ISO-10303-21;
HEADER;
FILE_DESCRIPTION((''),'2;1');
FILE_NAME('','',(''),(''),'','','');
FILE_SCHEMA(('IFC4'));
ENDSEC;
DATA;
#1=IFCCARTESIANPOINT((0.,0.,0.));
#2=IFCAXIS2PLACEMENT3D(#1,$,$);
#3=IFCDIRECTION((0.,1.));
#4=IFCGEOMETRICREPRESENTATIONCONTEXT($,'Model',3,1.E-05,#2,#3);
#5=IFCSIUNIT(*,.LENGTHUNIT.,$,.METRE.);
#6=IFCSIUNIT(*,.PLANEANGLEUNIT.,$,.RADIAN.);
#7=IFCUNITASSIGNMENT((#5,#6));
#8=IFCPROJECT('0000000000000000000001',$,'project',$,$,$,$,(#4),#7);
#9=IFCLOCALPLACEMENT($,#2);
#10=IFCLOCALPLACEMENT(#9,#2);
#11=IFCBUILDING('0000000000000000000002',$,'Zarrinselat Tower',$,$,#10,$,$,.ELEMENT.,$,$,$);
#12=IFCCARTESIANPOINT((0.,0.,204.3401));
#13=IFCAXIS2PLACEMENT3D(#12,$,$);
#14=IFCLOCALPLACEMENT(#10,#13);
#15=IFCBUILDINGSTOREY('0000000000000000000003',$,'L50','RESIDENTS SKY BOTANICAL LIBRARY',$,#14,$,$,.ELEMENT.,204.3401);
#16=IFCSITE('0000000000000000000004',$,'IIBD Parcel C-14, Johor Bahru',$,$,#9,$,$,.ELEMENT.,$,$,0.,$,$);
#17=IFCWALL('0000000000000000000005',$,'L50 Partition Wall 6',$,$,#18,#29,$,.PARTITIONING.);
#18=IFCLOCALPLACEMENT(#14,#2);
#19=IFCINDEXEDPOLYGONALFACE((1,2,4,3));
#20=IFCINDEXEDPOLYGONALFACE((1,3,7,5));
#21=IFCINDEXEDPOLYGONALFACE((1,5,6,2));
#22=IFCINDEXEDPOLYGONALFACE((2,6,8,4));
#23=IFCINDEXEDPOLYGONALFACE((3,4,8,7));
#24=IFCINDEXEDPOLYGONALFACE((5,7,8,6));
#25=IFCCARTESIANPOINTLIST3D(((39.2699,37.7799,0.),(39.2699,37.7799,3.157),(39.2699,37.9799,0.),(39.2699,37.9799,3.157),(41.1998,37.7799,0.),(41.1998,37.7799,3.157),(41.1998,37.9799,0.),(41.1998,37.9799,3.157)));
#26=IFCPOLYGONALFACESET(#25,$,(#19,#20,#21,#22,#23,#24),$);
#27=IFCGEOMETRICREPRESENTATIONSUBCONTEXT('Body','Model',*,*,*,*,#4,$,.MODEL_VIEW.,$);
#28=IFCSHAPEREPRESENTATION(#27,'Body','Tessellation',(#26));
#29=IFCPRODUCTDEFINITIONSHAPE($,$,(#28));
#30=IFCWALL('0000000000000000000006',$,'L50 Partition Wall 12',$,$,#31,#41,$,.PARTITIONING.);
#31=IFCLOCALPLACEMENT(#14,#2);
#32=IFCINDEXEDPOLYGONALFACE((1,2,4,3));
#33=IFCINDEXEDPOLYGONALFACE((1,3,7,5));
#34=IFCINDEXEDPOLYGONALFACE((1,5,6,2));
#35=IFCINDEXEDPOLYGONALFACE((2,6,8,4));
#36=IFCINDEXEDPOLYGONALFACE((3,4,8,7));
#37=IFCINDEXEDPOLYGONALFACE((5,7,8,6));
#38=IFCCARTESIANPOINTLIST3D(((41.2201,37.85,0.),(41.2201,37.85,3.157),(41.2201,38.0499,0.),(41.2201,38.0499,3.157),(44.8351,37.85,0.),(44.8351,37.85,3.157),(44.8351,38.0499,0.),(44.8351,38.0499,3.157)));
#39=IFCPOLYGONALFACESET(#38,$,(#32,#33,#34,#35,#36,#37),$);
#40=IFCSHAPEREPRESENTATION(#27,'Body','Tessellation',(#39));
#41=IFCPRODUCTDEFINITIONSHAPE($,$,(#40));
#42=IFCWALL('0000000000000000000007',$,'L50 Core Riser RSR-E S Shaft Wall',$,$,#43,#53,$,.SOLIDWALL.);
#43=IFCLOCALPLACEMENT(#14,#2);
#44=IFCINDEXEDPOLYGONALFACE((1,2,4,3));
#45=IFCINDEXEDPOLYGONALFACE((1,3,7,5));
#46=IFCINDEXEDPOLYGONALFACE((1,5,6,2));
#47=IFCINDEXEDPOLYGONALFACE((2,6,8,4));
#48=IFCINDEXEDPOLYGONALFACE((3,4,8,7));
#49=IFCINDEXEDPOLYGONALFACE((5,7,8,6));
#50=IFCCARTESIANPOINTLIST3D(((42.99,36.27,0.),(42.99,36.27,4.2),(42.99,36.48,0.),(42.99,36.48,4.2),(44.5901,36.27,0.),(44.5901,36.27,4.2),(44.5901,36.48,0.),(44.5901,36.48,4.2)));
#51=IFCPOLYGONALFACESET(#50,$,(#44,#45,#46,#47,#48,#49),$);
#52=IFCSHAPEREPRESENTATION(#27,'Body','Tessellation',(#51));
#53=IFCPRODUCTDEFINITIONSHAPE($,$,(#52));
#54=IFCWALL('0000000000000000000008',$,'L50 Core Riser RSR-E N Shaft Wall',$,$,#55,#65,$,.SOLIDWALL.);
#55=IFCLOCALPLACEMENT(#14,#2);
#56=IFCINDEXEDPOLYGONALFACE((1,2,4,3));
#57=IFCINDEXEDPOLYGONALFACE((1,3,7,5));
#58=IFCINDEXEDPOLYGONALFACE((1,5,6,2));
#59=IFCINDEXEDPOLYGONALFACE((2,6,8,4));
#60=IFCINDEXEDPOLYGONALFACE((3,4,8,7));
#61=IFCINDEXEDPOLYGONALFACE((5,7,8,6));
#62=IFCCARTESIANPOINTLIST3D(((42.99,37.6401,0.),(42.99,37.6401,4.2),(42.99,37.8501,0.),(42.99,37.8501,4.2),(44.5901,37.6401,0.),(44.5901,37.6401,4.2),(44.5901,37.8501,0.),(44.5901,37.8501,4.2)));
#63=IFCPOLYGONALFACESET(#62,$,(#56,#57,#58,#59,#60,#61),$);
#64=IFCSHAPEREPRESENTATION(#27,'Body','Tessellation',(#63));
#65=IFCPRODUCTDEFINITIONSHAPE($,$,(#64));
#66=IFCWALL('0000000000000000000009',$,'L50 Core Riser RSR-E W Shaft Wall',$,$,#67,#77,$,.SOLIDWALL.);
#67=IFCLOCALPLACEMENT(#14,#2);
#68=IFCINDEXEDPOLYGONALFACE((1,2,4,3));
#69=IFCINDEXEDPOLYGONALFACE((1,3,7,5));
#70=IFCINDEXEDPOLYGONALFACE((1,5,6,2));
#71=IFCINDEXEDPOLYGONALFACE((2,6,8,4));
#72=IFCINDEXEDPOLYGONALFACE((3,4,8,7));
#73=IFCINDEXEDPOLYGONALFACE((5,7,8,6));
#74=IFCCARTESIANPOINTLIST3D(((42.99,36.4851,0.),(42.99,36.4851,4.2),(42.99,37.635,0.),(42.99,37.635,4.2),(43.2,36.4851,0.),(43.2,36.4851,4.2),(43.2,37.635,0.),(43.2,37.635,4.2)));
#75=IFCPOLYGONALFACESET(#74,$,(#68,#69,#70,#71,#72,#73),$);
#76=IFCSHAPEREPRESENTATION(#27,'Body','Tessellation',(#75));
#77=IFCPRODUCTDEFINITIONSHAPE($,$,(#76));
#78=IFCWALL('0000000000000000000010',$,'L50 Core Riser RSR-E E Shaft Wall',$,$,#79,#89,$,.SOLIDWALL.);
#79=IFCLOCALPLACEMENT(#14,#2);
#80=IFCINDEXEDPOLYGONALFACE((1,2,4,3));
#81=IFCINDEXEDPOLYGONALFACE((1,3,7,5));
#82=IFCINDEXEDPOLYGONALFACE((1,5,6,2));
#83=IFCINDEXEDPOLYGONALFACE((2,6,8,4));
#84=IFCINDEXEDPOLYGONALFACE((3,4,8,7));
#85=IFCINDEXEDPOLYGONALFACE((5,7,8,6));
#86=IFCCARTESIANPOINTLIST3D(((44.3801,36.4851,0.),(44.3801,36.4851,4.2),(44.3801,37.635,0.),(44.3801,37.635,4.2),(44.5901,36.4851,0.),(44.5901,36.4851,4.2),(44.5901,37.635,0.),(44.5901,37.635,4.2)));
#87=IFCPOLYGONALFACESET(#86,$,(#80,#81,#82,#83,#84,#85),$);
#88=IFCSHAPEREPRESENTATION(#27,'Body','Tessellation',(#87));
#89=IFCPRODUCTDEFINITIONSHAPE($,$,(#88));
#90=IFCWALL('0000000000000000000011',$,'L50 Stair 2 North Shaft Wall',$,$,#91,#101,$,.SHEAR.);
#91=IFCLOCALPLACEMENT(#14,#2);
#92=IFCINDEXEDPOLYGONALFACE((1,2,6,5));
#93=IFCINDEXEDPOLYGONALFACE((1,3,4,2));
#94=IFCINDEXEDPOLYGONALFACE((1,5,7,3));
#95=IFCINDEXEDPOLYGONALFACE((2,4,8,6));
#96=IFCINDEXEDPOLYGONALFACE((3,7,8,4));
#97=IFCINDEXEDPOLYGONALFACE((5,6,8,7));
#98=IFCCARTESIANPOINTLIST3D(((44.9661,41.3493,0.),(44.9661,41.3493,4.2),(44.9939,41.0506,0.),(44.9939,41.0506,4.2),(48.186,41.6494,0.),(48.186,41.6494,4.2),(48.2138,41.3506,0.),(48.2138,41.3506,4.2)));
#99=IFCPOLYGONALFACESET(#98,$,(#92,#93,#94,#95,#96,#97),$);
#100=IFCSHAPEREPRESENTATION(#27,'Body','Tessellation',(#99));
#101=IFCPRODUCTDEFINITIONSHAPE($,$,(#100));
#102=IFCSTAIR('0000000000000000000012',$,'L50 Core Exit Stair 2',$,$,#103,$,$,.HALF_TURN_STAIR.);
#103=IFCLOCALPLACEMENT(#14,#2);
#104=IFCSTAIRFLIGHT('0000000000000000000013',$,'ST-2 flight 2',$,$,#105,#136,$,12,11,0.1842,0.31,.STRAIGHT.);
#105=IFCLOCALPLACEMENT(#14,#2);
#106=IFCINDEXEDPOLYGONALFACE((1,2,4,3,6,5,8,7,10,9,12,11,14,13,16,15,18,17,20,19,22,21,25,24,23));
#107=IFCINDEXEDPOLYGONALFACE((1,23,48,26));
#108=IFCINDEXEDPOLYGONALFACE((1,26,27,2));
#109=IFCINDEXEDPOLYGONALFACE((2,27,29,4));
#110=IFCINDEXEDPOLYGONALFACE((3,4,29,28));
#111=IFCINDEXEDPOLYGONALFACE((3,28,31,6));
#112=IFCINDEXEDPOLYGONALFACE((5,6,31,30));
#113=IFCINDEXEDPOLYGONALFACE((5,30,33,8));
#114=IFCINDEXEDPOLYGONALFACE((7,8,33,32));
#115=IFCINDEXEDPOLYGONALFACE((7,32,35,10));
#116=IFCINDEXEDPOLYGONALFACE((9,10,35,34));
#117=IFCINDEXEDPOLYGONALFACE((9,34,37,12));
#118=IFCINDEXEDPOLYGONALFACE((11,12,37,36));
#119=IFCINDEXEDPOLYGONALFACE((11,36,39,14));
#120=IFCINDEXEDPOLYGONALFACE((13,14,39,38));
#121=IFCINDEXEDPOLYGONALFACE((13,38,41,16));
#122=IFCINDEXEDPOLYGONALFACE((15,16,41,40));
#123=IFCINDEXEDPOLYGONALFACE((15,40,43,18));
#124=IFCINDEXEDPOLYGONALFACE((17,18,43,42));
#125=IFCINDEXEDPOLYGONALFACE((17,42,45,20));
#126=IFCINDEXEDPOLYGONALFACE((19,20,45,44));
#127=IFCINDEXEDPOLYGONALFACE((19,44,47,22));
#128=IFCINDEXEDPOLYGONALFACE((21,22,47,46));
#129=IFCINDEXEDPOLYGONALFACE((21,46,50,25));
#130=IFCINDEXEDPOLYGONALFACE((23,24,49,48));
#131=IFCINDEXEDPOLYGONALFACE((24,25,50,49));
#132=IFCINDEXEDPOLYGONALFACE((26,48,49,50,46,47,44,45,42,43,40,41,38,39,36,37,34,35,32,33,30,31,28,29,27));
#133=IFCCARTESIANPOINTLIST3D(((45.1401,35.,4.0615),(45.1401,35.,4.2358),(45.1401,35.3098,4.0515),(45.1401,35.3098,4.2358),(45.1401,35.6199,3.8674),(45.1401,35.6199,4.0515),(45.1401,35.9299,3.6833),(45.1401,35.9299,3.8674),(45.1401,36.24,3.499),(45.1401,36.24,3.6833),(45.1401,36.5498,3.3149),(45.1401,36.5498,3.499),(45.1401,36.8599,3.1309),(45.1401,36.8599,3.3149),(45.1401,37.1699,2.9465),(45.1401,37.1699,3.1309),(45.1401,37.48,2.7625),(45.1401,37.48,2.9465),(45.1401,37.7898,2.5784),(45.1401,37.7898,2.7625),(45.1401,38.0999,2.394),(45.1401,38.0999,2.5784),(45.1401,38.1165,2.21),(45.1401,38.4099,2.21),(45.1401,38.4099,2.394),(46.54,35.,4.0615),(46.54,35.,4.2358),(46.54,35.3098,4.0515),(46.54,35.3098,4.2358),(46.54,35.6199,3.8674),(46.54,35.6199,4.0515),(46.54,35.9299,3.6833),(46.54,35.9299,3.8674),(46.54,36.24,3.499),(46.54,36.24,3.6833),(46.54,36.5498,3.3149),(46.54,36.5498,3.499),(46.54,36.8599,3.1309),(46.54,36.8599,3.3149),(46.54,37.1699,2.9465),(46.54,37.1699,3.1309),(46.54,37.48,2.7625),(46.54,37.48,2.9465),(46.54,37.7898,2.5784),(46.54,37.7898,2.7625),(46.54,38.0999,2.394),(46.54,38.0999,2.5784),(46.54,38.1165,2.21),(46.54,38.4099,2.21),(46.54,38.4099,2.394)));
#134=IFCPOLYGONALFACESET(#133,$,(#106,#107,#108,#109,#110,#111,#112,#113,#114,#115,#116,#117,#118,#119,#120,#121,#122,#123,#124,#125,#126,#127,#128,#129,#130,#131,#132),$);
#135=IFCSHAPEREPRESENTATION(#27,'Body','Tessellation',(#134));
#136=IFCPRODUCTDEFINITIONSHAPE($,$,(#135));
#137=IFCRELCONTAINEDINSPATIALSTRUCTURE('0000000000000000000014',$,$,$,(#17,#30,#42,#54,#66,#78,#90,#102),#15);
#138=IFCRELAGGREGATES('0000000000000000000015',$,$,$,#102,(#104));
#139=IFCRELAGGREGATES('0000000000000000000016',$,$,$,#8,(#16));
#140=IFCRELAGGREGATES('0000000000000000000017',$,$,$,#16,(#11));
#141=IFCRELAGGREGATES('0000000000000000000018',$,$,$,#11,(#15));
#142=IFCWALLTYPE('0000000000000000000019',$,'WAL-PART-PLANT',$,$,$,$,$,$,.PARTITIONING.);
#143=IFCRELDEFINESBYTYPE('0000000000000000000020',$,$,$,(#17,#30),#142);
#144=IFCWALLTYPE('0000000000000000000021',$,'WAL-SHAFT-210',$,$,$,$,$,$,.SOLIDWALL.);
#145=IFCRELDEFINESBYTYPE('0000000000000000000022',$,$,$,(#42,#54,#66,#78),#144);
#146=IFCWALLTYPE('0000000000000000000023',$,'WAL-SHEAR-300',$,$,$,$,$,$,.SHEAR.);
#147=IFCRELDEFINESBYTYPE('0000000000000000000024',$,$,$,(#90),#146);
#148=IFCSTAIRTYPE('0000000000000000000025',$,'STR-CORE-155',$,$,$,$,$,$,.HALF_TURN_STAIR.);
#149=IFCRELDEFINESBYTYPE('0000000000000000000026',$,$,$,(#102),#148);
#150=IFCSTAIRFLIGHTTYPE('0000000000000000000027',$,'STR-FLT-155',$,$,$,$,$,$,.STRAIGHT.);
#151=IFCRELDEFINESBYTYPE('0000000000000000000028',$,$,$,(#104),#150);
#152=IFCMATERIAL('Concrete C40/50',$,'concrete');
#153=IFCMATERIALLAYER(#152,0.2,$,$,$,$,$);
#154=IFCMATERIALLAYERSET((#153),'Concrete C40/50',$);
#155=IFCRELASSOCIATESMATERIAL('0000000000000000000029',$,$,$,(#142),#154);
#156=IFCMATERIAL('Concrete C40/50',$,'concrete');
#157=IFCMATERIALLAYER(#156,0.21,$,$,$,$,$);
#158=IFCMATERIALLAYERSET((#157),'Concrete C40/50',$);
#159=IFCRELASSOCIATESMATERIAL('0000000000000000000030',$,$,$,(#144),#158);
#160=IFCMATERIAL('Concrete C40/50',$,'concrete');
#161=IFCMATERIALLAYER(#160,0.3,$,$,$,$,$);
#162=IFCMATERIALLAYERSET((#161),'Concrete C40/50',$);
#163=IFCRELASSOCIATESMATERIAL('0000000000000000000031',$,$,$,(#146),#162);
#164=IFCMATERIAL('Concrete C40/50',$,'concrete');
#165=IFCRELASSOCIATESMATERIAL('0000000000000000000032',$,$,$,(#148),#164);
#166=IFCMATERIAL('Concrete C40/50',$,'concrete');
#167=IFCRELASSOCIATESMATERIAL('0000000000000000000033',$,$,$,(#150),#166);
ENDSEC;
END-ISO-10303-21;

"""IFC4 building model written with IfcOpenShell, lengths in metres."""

from ifc_helpers import new_model, si_unit, direction, frame, frame_2d, origin, place, context, subcontext, project, spatial, polyline, rectangle, outline, extrude, material, layer, layer_set, type_object, element, aggregate, save


model = new_model("IFC4")

# Units and contexts
model_context = context("Model", 3, precision=1e-05, world=origin(), true_north=direction((0.0, 1.0)))
body_context = subcontext(model_context, "Body", "Model", "MODEL_VIEW")
ifc_project = project(units=[si_unit("LENGTHUNIT", "METRE"), si_unit("PLANEANGLEUNIT", "RADIAN")], contexts=[model_context])

# Site, building, storey
site_placement = place(None, origin())
site = spatial("IfcSite", under=ifc_project, at=site_placement, Name="IIBD Parcel C-14, Johor Bahru", CompositionType="ELEMENT", RefElevation=0.0)
building_placement = place(site_placement, origin())
building = spatial("IfcBuilding", under=site, at=building_placement, Name="Zarrinselat Tower", CompositionType="ELEMENT")
storey_placement = place(building_placement, frame((0.0, 0.0, 204.3401)))
storey = spatial("IfcBuildingStorey", under=building, at=storey_placement, Name="L50", Description="RESIDENTS SKY BOTANICAL LIBRARY", CompositionType="ELEMENT", Elevation=204.3401)

# Shared definitions
ifc_material_1 = material(Name="Concrete C40/50", Category="concrete")
ifc_layer_1 = layer(ifc_material_1, 0.2)
ifc_layer_set_1 = layer_set([ifc_layer_1], Name="Concrete C40/50")
wall_type_1 = type_object("IfcWallType", Name="WAL-PART-PLANT", PredefinedType="PARTITIONING", material=ifc_layer_set_1)

# Walls
wall_1_placement = place(storey_placement, frame((39.27, 37.8799, 0.0), z_axis=(0.0, 0.0, 1.0), x_axis=(1.0, 0.0, 0.0)))
element("IfcWall", 1, at=wall_1_placement, inside=storey, type_object=wall_type_1, Name="L50 Partition Wall 6", PredefinedType="PARTITIONING", context=body_context, shape_type="SweptSolid", body=[
    extrude(rectangle(XDim=1.9299, YDim=0.2, at=frame_2d((0.9648, 0.0))), origin(), (0.0, 0.0, 1.0), 3.157),
])
wall_2_placement = place(storey_placement, frame((41.22, 37.95, 0.0), z_axis=(0.0, 0.0, 1.0), x_axis=(1.0, 0.0, 0.0)))
element("IfcWall", 2, at=wall_2_placement, inside=storey, type_object=wall_type_1, Name="L50 Partition Wall 12", PredefinedType="PARTITIONING", context=body_context, shape_type="SweptSolid", body=[
    extrude(rectangle(XDim=3.615, YDim=0.2, at=frame_2d((1.8076, 0.0))), origin(), (0.0, 0.0, 1.0), 3.157),
])
ifc_material_2 = material(Name="Concrete C40/50", Category="concrete")
ifc_layer_2 = layer(ifc_material_2, 0.21)
ifc_layer_set_2 = layer_set([ifc_layer_2], Name="Concrete C40/50")
wall_type_2 = type_object("IfcWallType", Name="WAL-SHAFT-210", PredefinedType="SOLIDWALL", material=ifc_layer_set_2)
for number, where, z_axis, x_axis, name in (
    (3, (42.99, 36.375, 0.0), (0.0, 0.0, 1.0), (1.0, 0.0, 0.0), "L50 Core Riser RSR-E S Shaft Wall"),
    (4, (42.99, 37.7451, 0.0), (0.0, 0.0, 1.0), (1.0, 0.0, 0.0), "L50 Core Riser RSR-E N Shaft Wall"),
):
    element("IfcWall", number, at=place(storey_placement, frame(where, z_axis=z_axis, x_axis=x_axis)), inside=storey, type_object=wall_type_2, Name=name, PredefinedType="SOLIDWALL", context=body_context, shape_type="SweptSolid", body=[
        extrude(rectangle(XDim=1.6001, YDim=0.21, at=frame_2d((0.8, 0.0))), origin(), (0.0, 0.0, 1.0), 4.2),
    ])
for number, where, z_axis, x_axis, name in (
    (5, (43.095, 36.4851, 0.0), (0.0, 0.0, 1.0), (0.0, 1.0, 0.0), "L50 Core Riser RSR-E W Shaft Wall"),
    (6, (44.4851, 36.4851, 0.0), (0.0, 0.0, 1.0), (0.0, 1.0, 0.0), "L50 Core Riser RSR-E E Shaft Wall"),
):
    element("IfcWall", number, at=place(storey_placement, frame(where, z_axis=z_axis, x_axis=x_axis)), inside=storey, type_object=wall_type_2, Name=name, PredefinedType="SOLIDWALL", context=body_context, shape_type="SweptSolid", body=[
        extrude(rectangle(XDim=1.1499, YDim=0.21, at=frame_2d((0.575, 0.0))), origin(), (0.0, 0.0, 1.0), 4.2),
    ])
ifc_material_3 = material(Name="Concrete C40/50", Category="concrete")
ifc_layer_3 = layer(ifc_material_3, 0.3)
ifc_layer_set_3 = layer_set([ifc_layer_3], Name="Concrete C40/50")
wall_type_3 = type_object("IfcWallType", Name="WAL-SHEAR-300", PredefinedType="SHEAR", material=ifc_layer_set_3)
wall_3_placement = place(storey_placement, frame((44.98, 41.2, 0.0), z_axis=(0.0, 0.0, 1.0), x_axis=(0.995686, 0.092782, 0.0)))
element("IfcWall", 7, at=wall_3_placement, inside=storey, type_object=wall_type_3, Name="L50 Stair 2 North Shaft Wall", PredefinedType="SHEAR", context=body_context, shape_type="SweptSolid", body=[
    extrude(rectangle(XDim=3.2339, YDim=0.3, at=frame_2d((1.6169, 0.0))), origin(), (0.0, 0.0, 1.0), 4.2),
])

# Stair, stair flight
ifc_material_4 = material(Name="Concrete C40/50", Category="concrete")
stair_type = type_object("IfcStairType", Name="STR-CORE-155", PredefinedType="HALF_TURN_STAIR", material=ifc_material_4)
stair_placement = place(storey_placement, origin())
stair = element("IfcStair", 8, at=stair_placement, inside=storey, type_object=stair_type, Name="L50 Core Exit Stair 2", PredefinedType="HALF_TURN_STAIR")
ifc_material_5 = material(Name="Concrete C40/50", Category="concrete")
stair_flight_type = type_object("IfcStairFlightType", Name="STR-FLT-155", PredefinedType="STRAIGHT", material=ifc_material_5)
stair_flight_placement = place(storey_placement, frame((45.8401, 38.4099, 2.21), z_axis=(0.0, 0.0, 1.0), x_axis=(0.0, -1.0, 0.0)))
stair_flight = element("IfcStairFlight", 9, at=stair_flight_placement, type_object=stair_flight_type, Name="ST-2 flight 2", NumberOfRisers=12, NumberOfTreads=11, PredefinedType="STRAIGHT", RiserHeight=0.1842, TreadLength=0.31, context=body_context, shape_type="SweptSolid", body=[
    extrude(outline(polyline([(0.0, 0.0), (0.0, 0.1841), (0.3101, 0.1841), (0.3101, 0.3684), (0.6201, 0.3684), (0.6201, 0.5525), (0.9299, 0.5525), (0.9299, 0.7366), (1.24, 0.7366), (1.24, 0.9209), (1.55, 0.9209), (1.55, 1.105), (1.8601, 1.105), (1.8601, 1.2891), (2.1699, 1.2891), (2.1699, 1.4734), (2.48, 1.4734), (2.48, 1.6575), (2.79, 1.6575), (2.79, 1.8416), (3.1001, 1.8416), (3.1001, 2.0259), (3.4099, 2.0259), (3.4099, 2.21), (3.4099, 1.8516), (0.2935, 0.0), (0.0, 0.0)])), frame((0.0, 0.7, 0.0), z_axis=(0.0, -1.0, 0.0), x_axis=(1.0, 0.0, 0.0)), (0.0, 0.0, 1.0), 1.3999),
])
aggregate(stair, [stair_flight])

save(model, "model.ifc")
